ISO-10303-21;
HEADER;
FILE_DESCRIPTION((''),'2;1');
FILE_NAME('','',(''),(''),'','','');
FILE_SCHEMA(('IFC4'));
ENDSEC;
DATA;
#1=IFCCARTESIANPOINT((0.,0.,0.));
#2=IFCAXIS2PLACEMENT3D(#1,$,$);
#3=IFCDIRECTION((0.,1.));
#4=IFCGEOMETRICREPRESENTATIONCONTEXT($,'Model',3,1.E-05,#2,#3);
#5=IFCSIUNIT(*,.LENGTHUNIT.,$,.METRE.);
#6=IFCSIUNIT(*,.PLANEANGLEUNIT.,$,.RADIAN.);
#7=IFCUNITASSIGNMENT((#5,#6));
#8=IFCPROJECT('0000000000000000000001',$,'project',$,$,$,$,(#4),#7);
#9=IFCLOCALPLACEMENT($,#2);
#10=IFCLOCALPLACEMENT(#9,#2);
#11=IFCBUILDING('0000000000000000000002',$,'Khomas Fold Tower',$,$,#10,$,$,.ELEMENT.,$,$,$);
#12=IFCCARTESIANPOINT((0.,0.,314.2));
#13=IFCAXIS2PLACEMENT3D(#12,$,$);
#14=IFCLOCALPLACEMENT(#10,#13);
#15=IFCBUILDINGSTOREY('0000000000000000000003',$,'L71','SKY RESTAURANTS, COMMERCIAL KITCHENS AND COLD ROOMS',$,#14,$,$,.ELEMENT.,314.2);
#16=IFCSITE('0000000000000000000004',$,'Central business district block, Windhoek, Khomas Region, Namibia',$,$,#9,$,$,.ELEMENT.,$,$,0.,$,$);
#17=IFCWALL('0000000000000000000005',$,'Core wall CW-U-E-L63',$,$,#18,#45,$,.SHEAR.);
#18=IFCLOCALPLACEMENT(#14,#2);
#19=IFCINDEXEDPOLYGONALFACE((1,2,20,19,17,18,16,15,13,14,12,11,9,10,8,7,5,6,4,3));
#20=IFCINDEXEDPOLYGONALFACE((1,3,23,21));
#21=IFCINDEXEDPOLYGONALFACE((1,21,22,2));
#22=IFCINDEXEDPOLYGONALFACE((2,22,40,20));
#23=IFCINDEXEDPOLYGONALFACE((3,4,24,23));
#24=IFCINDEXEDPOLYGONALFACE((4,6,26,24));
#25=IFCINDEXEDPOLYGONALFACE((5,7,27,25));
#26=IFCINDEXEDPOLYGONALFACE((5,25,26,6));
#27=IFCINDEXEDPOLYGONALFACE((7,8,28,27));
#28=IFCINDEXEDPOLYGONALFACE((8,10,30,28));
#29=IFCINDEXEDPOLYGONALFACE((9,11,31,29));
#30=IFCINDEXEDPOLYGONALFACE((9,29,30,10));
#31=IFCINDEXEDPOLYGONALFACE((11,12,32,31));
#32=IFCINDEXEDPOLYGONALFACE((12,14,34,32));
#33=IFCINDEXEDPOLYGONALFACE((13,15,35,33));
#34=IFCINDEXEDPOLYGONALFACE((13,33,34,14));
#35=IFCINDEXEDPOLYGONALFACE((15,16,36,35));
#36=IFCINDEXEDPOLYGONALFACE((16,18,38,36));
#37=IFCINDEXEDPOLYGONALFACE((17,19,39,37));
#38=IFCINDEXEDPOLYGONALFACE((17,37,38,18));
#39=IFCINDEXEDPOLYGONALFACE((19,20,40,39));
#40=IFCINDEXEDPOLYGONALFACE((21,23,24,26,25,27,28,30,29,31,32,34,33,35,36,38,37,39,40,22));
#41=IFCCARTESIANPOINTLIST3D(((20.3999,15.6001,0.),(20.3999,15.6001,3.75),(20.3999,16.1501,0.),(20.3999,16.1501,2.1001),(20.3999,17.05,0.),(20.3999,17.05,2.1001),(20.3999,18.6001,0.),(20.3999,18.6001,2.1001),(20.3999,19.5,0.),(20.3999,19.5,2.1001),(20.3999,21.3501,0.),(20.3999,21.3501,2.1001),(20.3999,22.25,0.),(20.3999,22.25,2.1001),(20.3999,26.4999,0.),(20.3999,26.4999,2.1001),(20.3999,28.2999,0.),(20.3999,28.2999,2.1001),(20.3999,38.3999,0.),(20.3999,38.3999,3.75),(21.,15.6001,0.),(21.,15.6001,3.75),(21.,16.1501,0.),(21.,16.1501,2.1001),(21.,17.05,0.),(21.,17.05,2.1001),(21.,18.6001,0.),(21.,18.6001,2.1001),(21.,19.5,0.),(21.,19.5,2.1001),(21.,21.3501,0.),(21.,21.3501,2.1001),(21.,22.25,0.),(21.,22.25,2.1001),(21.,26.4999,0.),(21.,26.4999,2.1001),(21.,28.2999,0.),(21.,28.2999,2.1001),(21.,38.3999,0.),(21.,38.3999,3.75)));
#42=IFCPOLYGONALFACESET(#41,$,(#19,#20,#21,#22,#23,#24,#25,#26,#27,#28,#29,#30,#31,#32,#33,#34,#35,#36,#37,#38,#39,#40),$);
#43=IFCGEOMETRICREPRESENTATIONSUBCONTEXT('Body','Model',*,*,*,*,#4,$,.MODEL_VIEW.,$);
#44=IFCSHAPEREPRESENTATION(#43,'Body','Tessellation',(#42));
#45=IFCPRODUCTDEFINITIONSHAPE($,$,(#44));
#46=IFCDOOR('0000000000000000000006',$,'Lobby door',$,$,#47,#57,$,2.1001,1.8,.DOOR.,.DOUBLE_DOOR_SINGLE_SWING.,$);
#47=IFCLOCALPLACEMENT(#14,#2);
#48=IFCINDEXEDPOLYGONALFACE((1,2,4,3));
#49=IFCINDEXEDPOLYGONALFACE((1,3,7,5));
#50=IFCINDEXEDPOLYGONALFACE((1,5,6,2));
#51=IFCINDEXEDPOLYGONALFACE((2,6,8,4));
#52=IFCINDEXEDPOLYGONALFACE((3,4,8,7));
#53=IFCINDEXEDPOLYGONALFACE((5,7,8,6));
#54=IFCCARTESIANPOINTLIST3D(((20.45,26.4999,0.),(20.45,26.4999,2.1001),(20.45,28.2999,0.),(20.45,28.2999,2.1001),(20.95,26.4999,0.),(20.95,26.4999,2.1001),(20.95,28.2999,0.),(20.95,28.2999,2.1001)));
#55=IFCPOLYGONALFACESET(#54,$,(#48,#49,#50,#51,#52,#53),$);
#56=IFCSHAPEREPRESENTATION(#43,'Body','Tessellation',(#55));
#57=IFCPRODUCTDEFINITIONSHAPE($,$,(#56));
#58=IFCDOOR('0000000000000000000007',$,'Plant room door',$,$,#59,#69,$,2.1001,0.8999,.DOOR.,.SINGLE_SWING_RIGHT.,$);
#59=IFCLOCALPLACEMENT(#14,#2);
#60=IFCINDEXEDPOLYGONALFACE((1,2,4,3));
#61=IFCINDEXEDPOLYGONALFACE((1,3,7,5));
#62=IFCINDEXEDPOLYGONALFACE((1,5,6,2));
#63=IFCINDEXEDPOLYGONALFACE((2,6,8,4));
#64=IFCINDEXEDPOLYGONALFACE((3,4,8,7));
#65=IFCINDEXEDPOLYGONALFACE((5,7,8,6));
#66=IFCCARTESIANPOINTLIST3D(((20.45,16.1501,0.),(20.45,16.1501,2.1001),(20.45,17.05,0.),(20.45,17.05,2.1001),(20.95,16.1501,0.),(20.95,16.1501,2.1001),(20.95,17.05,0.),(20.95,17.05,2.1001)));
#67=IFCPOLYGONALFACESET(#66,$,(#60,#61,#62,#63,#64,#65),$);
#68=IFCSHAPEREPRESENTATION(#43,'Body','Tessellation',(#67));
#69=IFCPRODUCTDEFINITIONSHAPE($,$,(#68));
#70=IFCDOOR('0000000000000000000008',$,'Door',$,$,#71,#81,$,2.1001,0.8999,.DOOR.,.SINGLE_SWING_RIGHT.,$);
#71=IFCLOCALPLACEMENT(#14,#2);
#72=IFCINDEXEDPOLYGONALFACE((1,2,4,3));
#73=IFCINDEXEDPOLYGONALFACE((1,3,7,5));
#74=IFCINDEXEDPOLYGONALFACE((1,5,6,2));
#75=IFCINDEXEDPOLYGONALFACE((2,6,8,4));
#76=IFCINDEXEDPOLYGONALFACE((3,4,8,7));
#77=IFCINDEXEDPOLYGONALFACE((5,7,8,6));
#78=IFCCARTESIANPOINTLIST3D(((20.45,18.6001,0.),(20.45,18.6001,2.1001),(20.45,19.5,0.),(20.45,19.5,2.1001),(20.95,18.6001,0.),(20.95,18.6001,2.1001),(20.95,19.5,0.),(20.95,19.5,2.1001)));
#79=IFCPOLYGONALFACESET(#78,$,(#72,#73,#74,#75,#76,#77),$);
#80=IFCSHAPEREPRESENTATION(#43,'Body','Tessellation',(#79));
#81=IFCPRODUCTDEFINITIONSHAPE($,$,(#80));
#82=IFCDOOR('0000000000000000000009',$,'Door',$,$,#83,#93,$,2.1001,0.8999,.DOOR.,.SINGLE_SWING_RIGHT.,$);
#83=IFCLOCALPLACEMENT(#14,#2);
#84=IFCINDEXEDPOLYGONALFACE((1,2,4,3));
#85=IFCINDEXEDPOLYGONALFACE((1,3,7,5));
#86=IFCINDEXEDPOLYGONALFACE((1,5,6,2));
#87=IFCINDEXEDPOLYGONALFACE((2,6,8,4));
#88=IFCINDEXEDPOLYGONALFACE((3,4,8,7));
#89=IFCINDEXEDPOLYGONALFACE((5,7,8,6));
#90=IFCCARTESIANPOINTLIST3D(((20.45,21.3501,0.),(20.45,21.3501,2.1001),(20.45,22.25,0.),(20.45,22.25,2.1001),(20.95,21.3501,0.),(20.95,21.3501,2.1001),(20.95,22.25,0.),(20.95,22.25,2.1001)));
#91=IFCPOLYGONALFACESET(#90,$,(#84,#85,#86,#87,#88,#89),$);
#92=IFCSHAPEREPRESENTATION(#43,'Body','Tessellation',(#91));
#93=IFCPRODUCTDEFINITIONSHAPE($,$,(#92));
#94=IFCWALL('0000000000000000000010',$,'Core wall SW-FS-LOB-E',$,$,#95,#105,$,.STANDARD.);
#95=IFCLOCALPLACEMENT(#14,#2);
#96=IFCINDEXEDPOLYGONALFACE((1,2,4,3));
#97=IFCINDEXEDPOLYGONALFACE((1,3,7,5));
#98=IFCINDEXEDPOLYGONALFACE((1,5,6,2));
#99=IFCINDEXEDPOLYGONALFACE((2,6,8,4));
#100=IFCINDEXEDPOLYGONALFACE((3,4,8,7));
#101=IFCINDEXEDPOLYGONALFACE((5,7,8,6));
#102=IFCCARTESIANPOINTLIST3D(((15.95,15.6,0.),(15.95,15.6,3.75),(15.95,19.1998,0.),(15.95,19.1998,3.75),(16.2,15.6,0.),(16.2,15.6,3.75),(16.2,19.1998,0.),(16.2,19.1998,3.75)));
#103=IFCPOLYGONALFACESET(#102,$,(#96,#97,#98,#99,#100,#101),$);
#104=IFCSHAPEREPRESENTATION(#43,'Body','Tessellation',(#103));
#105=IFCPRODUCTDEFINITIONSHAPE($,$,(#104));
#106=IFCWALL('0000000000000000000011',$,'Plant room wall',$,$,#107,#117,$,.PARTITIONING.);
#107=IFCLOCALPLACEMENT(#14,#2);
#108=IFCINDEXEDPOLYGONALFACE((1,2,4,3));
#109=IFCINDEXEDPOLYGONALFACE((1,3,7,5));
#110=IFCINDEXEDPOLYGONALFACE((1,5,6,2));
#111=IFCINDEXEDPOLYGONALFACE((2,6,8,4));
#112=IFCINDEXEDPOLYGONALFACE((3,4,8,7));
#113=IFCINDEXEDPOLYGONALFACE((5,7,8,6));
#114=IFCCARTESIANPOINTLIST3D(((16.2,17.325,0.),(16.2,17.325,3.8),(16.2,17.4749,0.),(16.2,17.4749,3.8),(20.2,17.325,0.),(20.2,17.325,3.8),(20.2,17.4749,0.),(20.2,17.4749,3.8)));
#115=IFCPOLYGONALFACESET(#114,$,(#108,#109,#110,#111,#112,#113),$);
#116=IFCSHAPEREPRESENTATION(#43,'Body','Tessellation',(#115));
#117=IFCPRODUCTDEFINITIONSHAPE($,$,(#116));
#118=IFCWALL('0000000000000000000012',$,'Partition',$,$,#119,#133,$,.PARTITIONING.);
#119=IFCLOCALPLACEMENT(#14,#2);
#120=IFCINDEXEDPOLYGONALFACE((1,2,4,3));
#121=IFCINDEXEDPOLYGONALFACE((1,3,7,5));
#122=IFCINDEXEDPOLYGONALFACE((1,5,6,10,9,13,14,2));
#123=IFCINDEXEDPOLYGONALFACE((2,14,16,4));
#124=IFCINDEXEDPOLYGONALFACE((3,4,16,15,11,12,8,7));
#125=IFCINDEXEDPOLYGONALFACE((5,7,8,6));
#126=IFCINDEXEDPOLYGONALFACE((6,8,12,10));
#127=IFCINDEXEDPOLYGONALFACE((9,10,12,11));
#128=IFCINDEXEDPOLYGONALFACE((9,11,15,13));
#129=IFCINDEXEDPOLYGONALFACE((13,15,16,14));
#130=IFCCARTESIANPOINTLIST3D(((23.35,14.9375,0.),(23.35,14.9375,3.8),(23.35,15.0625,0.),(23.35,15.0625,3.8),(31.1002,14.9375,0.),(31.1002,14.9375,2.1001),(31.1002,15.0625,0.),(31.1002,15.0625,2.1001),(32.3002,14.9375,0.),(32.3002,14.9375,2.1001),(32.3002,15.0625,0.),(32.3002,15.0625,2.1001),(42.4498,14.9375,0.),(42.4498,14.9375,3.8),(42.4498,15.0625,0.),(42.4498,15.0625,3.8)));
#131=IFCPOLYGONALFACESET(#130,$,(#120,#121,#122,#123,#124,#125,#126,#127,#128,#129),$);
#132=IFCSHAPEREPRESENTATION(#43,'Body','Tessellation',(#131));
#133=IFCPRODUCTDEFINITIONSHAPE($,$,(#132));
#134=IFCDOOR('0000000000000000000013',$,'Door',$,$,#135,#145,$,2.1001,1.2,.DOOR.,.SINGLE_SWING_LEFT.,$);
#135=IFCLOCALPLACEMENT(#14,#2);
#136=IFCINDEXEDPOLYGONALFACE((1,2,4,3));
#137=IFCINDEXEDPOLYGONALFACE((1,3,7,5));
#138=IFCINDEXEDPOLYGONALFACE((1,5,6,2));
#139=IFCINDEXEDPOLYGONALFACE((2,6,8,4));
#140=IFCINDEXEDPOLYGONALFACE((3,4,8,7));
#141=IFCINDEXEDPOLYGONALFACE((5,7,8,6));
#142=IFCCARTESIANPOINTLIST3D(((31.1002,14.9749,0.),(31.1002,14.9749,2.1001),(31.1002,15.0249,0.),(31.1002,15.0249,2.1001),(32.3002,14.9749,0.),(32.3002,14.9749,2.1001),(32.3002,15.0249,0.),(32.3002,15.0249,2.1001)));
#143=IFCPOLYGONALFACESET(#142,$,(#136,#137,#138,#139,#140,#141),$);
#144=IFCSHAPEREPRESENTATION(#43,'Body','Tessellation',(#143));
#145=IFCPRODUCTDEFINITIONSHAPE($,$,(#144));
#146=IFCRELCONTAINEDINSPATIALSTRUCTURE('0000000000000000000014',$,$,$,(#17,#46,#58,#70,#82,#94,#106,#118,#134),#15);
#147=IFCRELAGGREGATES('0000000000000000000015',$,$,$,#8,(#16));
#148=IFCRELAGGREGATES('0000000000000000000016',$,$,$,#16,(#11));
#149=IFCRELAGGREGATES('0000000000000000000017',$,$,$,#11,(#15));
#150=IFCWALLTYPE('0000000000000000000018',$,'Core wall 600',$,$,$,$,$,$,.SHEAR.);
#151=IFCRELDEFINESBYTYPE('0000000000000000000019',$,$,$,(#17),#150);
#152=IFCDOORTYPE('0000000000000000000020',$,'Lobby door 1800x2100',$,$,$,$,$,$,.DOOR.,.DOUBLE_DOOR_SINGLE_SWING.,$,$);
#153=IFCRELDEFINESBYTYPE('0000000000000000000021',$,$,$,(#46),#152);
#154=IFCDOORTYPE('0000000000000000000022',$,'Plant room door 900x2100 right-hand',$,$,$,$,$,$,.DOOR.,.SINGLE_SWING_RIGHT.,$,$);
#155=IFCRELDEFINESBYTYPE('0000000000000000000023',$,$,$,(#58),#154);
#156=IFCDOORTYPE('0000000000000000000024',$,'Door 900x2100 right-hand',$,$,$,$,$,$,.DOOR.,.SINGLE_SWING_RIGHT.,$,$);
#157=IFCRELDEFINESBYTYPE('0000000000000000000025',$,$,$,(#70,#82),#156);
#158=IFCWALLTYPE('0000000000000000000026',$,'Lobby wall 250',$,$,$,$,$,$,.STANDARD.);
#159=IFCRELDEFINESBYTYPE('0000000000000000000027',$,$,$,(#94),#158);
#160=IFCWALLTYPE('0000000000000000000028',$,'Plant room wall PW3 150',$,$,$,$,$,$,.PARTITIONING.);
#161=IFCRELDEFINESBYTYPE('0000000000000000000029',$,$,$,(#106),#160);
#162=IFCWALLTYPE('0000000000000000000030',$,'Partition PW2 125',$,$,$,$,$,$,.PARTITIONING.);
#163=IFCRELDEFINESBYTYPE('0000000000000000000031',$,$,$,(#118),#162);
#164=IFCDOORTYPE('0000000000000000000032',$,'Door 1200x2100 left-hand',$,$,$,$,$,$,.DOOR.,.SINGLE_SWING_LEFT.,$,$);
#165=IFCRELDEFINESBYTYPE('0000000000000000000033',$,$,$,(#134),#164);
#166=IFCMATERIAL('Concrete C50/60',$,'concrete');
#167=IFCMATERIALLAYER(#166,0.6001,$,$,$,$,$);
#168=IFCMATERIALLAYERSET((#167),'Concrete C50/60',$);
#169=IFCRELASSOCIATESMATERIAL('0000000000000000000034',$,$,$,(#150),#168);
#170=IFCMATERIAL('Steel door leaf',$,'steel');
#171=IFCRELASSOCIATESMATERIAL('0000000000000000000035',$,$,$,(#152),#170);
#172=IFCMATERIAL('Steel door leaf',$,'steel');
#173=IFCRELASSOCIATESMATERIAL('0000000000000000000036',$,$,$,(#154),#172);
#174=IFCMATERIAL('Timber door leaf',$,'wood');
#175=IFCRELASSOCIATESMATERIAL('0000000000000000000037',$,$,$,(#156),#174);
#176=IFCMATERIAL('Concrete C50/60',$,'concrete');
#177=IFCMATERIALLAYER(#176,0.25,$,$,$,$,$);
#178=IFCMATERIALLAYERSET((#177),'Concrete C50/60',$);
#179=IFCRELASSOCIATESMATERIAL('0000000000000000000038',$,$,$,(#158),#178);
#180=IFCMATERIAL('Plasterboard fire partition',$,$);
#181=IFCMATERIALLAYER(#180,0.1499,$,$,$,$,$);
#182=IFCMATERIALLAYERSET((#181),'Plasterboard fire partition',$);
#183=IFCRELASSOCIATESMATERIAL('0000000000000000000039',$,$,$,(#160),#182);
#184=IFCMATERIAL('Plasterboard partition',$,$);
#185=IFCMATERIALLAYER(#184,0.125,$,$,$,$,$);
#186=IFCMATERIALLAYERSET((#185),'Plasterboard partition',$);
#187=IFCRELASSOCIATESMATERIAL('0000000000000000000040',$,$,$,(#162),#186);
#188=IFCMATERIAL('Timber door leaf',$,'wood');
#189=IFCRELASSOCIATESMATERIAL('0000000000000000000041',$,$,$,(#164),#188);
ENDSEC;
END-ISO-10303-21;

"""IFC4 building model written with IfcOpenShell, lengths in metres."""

from ifc_helpers import new_model, si_unit, direction, frame, frame_2d, origin, place, context, subcontext, project, spatial, rectangle, extrude, source, transform, mapped, material, layer, layer_set, type_object, element, fill, save


model = new_model("IFC4")

# Units and contexts
model_context = context("Model", 3, precision=1e-05, world=origin(), true_north=direction((0.0, 1.0)))
body_context = subcontext(model_context, "Body", "Model", "MODEL_VIEW")
ifc_project = project(units=[si_unit("LENGTHUNIT", "METRE"), si_unit("PLANEANGLEUNIT", "RADIAN")], contexts=[model_context])

# Site, building, storey
site_placement = place(None, origin())
site = spatial("IfcSite", under=ifc_project, at=site_placement, Name="Central business district block, Windhoek, Khomas Region, Namibia", CompositionType="ELEMENT", RefElevation=0.0)
building_placement = place(site_placement, origin())
building = spatial("IfcBuilding", under=site, at=building_placement, Name="Khomas Fold Tower", CompositionType="ELEMENT")
storey_placement = place(building_placement, frame((0.0, 0.0, 314.2)))
storey = spatial("IfcBuildingStorey", under=building, at=storey_placement, Name="L71", Description="SKY RESTAURANTS, COMMERCIAL KITCHENS AND COLD ROOMS", CompositionType="ELEMENT", Elevation=314.2)

# Wall, openings, doors
ifc_material_1 = material(Name="Concrete C50/60", Category="concrete")
ifc_layer_1 = layer(ifc_material_1, 0.6001)
ifc_layer_set_1 = layer_set([ifc_layer_1], Name="Concrete C50/60")
wall_type_1 = type_object("IfcWallType", Name="Core wall 600", PredefinedType="SHEAR", material=ifc_layer_set_1)
shared_shape_1 = source(origin(), body_context, "Body", "SweptSolid", [
    extrude(rectangle(XDim=22.7998, YDim=0.6001, at=frame_2d((11.3999, 0.0))), origin(), (0.0, 0.0, 1.0), 3.75),
])
wall_1_placement = place(storey_placement, frame((20.7, 15.6001, 0.0), z_axis=(0.0, 0.0, 1.0), x_axis=(0.0, 1.0, 0.0)))
wall_1 = element("IfcWall", 1, at=wall_1_placement, inside=storey, type_object=wall_type_1, Name="Core wall CW-U-E-L63", PredefinedType="SHEAR", context=body_context, shape_type="MappedRepresentation", body=[
    mapped(shared_shape_1, transform((0.0, 0.0, 0.0))),
])
shared_shape_2 = source(origin(), body_context, "Body", "SweptSolid", [
    extrude(rectangle(XDim=1.8, YDim=2.1001, at=frame_2d((0.8999, 1.05))), frame((0.0, 0.3101, 0.0), z_axis=(0.0, -1.0, 0.0), x_axis=(1.0, 0.0, 0.0)), (0.0, 0.0, 1.0), 0.6201),
])
opening_1_placement = place(wall_1_placement, frame((10.8999, 0.0, 0.0)))
opening_1 = element("IfcOpeningElement", 2, at=opening_1_placement, cuts=wall_1, PredefinedType="OPENING", context=body_context, shape_type="MappedRepresentation", body=[
    mapped(shared_shape_2, transform((0.0, 0.0, 0.0))),
])
shared_shape_3 = source(origin(), body_context, "Body", "SweptSolid", [
    extrude(rectangle(XDim=0.8999, YDim=2.1001, at=frame_2d((0.45, 1.05))), frame((0.0, 0.3101, 0.0), z_axis=(0.0, -1.0, 0.0), x_axis=(1.0, 0.0, 0.0)), (0.0, 0.0, 1.0), 0.6201),
])
opening_2_placement = place(wall_1_placement, frame((0.55, 0.0, 0.0)))
opening_2 = element("IfcOpeningElement", 3, at=opening_2_placement, cuts=wall_1, PredefinedType="OPENING", context=body_context, shape_type="MappedRepresentation", body=[
    mapped(shared_shape_3, transform((0.0, 0.0, 0.0))),
])
opening_3_placement = place(wall_1_placement, frame((3.0, 0.0, 0.0)))
opening_3 = element("IfcOpeningElement", 4, at=opening_3_placement, cuts=wall_1, PredefinedType="OPENING", context=body_context, shape_type="MappedRepresentation", body=[
    mapped(shared_shape_3, transform((0.0, 0.0, 0.0))),
])
opening_4_placement = place(wall_1_placement, frame((5.75, 0.0, 0.0)))
opening_4 = element("IfcOpeningElement", 5, at=opening_4_placement, cuts=wall_1, PredefinedType="OPENING", context=body_context, shape_type="MappedRepresentation", body=[
    mapped(shared_shape_3, transform((0.0, 0.0, 0.0))),
])
ifc_material_2 = material(Name="Steel door leaf", Category="steel")
door_type_1 = type_object("IfcDoorType", Name="Lobby door 1800x2100", OperationType="DOUBLE_DOOR_SINGLE_SWING", PredefinedType="DOOR", material=ifc_material_2)
shared_shape_4 = source(origin(), body_context, "Body", "SweptSolid", [
    extrude(rectangle(XDim=1.8, YDim=2.1001, at=frame_2d((0.8999, 1.05))), frame((0.0, 0.25, 0.0), z_axis=(0.0, -1.0, 0.0), x_axis=(1.0, 0.0, 0.0)), (0.0, 0.0, 1.0), 0.5),
])
door_1_placement = place(opening_1_placement, origin())
door_1 = element("IfcDoor", 6, at=door_1_placement, inside=storey, type_object=door_type_1, Name="Lobby door", OperationType="DOUBLE_DOOR_SINGLE_SWING", OverallHeight=2.1001, OverallWidth=1.8, PredefinedType="DOOR", context=body_context, shape_type="MappedRepresentation", body=[
    mapped(shared_shape_4, transform((0.0, 0.0, 0.0))),
])
fill(opening_1, door_1)
ifc_material_3 = material(Name="Steel door leaf", Category="steel")
door_type_2 = type_object("IfcDoorType", Name="Plant room door 900x2100 right-hand", OperationType="SINGLE_SWING_RIGHT", PredefinedType="DOOR", material=ifc_material_3)
shared_shape_5 = source(origin(), body_context, "Body", "SweptSolid", [
    extrude(rectangle(XDim=0.8999, YDim=2.1001, at=frame_2d((0.45, 1.05))), frame((0.0, 0.25, 0.0), z_axis=(0.0, -1.0, 0.0), x_axis=(1.0, 0.0, 0.0)), (0.0, 0.0, 1.0), 0.5),
])
door_2_placement = place(opening_2_placement, origin())
door_2 = element("IfcDoor", 7, at=door_2_placement, inside=storey, type_object=door_type_2, Name="Plant room door", OperationType="SINGLE_SWING_RIGHT", OverallHeight=2.1001, OverallWidth=0.8999, PredefinedType="DOOR", context=body_context, shape_type="MappedRepresentation", body=[
    mapped(shared_shape_5, transform((0.0, 0.0, 0.0))),
])
fill(opening_2, door_2)
ifc_material_4 = material(Name="Timber door leaf", Category="wood")
door_type_3 = type_object("IfcDoorType", Name="Door 900x2100 right-hand", OperationType="SINGLE_SWING_RIGHT", PredefinedType="DOOR", material=ifc_material_4)
door_3_placement = place(opening_3_placement, origin())
door_3 = element("IfcDoor", 8, at=door_3_placement, inside=storey, type_object=door_type_3, Name="Door", OperationType="SINGLE_SWING_RIGHT", OverallHeight=2.1001, OverallWidth=0.8999, PredefinedType="DOOR", context=body_context, shape_type="MappedRepresentation", body=[
    mapped(shared_shape_5, transform((0.0, 0.0, 0.0))),
])
fill(opening_3, door_3)
door_4_placement = place(opening_4_placement, origin())
door_4 = element("IfcDoor", 9, at=door_4_placement, inside=storey, type_object=door_type_3, Name="Door", OperationType="SINGLE_SWING_RIGHT", OverallHeight=2.1001, OverallWidth=0.8999, PredefinedType="DOOR", context=body_context, shape_type="MappedRepresentation", body=[
    mapped(shared_shape_5, transform((0.0, 0.0, 0.0))),
])
fill(opening_4, door_4)

# Walls
ifc_material_5 = material(Name="Concrete C50/60", Category="concrete")
ifc_layer_2 = layer(ifc_material_5, 0.25)
ifc_layer_set_2 = layer_set([ifc_layer_2], Name="Concrete C50/60")
wall_type_2 = type_object("IfcWallType", Name="Lobby wall 250", PredefinedType="STANDARD", material=ifc_layer_set_2)
shared_shape_6 = source(origin(), body_context, "Body", "SweptSolid", [
    extrude(rectangle(XDim=3.5999, YDim=0.25, at=frame_2d((1.7998, 0.0))), origin(), (0.0, 0.0, 1.0), 3.75),
])
wall_2_placement = place(storey_placement, frame((16.075, 15.6001, 0.0), z_axis=(0.0, 0.0, 1.0), x_axis=(0.0, 1.0, 0.0)))
element("IfcWall", 10, at=wall_2_placement, inside=storey, type_object=wall_type_2, Name="Core wall SW-FS-LOB-E", PredefinedType="STANDARD", context=body_context, shape_type="MappedRepresentation", body=[
    mapped(shared_shape_6, transform((0.0, 0.0, 0.0))),
])
ifc_material_6 = material(Name="Plasterboard fire partition")
ifc_layer_3 = layer(ifc_material_6, 0.1499)
ifc_layer_set_3 = layer_set([ifc_layer_3], Name="Plasterboard fire partition")
wall_type_3 = type_object("IfcWallType", Name="Plant room wall PW3 150", PredefinedType="PARTITIONING", material=ifc_layer_set_3)
shared_shape_7 = source(origin(), body_context, "Body", "SweptSolid", [
    extrude(rectangle(XDim=4.0, YDim=0.1499, at=frame_2d((2.0, 0.0))), origin(), (0.0, 0.0, 1.0), 3.8),
])
wall_3_placement = place(storey_placement, frame((16.2, 17.3999, 0.0), z_axis=(0.0, 0.0, 1.0), x_axis=(1.0, 0.0, 0.0)))
element("IfcWall", 11, at=wall_3_placement, inside=storey, type_object=wall_type_3, Name="Plant room wall", PredefinedType="PARTITIONING", context=body_context, shape_type="MappedRepresentation", body=[
    mapped(shared_shape_7, transform((0.0, 0.0, 0.0))),
])

# Wall, opening, door
ifc_material_7 = material(Name="Plasterboard partition")
ifc_layer_4 = layer(ifc_material_7, 0.125)
ifc_layer_set_4 = layer_set([ifc_layer_4], Name="Plasterboard partition")
wall_type_4 = type_object("IfcWallType", Name="Partition PW2 125", PredefinedType="PARTITIONING", material=ifc_layer_set_4)
shared_shape_8 = source(origin(), body_context, "Body", "SweptSolid", [
    extrude(rectangle(XDim=19.0999, YDim=0.125, at=frame_2d((9.5498, 0.0))), origin(), (0.0, 0.0, 1.0), 3.8),
])
wall_4_placement = place(storey_placement, frame((23.3501, 15.0, 0.0), z_axis=(0.0, 0.0, 1.0), x_axis=(1.0, 0.0, 0.0)))
wall_4 = element("IfcWall", 12, at=wall_4_placement, inside=storey, type_object=wall_type_4, Name="Partition", PredefinedType="PARTITIONING", context=body_context, shape_type="MappedRepresentation", body=[
    mapped(shared_shape_8, transform((0.0, 0.0, 0.0))),
])
shared_shape_9 = source(origin(), body_context, "Body", "SweptSolid", [
    extrude(rectangle(XDim=1.2, YDim=2.1001, at=frame_2d((0.6001, 1.05))), frame((0.0, 0.0725, 0.0), z_axis=(0.0, -1.0, 0.0), x_axis=(1.0, 0.0, 0.0)), (0.0, 0.0, 1.0), 0.145),
])
opening_5_placement = place(wall_4_placement, frame((7.75, 0.0, 0.0)))
opening_5 = element("IfcOpeningElement", 13, at=opening_5_placement, cuts=wall_4, PredefinedType="OPENING", context=body_context, shape_type="MappedRepresentation", body=[
    mapped(shared_shape_9, transform((0.0, 0.0, 0.0))),
])
ifc_material_8 = material(Name="Timber door leaf", Category="wood")
door_type_4 = type_object("IfcDoorType", Name="Door 1200x2100 left-hand", OperationType="SINGLE_SWING_LEFT", PredefinedType="DOOR", material=ifc_material_8)
shared_shape_10 = source(origin(), body_context, "Body", "SweptSolid", [
    extrude(rectangle(XDim=1.2, YDim=2.1001, at=frame_2d((0.6001, 1.05))), frame((0.0, 0.0249, 0.0), z_axis=(0.0, -1.0, 0.0), x_axis=(1.0, 0.0, 0.0)), (0.0, 0.0, 1.0), 0.05),
])
door_5_placement = place(opening_5_placement, origin())
door_5 = element("IfcDoor", 14, at=door_5_placement, inside=storey, type_object=door_type_4, Name="Door", OperationType="SINGLE_SWING_LEFT", OverallHeight=2.1001, OverallWidth=1.2, PredefinedType="DOOR", context=body_context, shape_type="MappedRepresentation", body=[
    mapped(shared_shape_10, transform((0.0, 0.0, 0.0))),
])
fill(opening_5, door_5)

save(model, "model.ifc")
